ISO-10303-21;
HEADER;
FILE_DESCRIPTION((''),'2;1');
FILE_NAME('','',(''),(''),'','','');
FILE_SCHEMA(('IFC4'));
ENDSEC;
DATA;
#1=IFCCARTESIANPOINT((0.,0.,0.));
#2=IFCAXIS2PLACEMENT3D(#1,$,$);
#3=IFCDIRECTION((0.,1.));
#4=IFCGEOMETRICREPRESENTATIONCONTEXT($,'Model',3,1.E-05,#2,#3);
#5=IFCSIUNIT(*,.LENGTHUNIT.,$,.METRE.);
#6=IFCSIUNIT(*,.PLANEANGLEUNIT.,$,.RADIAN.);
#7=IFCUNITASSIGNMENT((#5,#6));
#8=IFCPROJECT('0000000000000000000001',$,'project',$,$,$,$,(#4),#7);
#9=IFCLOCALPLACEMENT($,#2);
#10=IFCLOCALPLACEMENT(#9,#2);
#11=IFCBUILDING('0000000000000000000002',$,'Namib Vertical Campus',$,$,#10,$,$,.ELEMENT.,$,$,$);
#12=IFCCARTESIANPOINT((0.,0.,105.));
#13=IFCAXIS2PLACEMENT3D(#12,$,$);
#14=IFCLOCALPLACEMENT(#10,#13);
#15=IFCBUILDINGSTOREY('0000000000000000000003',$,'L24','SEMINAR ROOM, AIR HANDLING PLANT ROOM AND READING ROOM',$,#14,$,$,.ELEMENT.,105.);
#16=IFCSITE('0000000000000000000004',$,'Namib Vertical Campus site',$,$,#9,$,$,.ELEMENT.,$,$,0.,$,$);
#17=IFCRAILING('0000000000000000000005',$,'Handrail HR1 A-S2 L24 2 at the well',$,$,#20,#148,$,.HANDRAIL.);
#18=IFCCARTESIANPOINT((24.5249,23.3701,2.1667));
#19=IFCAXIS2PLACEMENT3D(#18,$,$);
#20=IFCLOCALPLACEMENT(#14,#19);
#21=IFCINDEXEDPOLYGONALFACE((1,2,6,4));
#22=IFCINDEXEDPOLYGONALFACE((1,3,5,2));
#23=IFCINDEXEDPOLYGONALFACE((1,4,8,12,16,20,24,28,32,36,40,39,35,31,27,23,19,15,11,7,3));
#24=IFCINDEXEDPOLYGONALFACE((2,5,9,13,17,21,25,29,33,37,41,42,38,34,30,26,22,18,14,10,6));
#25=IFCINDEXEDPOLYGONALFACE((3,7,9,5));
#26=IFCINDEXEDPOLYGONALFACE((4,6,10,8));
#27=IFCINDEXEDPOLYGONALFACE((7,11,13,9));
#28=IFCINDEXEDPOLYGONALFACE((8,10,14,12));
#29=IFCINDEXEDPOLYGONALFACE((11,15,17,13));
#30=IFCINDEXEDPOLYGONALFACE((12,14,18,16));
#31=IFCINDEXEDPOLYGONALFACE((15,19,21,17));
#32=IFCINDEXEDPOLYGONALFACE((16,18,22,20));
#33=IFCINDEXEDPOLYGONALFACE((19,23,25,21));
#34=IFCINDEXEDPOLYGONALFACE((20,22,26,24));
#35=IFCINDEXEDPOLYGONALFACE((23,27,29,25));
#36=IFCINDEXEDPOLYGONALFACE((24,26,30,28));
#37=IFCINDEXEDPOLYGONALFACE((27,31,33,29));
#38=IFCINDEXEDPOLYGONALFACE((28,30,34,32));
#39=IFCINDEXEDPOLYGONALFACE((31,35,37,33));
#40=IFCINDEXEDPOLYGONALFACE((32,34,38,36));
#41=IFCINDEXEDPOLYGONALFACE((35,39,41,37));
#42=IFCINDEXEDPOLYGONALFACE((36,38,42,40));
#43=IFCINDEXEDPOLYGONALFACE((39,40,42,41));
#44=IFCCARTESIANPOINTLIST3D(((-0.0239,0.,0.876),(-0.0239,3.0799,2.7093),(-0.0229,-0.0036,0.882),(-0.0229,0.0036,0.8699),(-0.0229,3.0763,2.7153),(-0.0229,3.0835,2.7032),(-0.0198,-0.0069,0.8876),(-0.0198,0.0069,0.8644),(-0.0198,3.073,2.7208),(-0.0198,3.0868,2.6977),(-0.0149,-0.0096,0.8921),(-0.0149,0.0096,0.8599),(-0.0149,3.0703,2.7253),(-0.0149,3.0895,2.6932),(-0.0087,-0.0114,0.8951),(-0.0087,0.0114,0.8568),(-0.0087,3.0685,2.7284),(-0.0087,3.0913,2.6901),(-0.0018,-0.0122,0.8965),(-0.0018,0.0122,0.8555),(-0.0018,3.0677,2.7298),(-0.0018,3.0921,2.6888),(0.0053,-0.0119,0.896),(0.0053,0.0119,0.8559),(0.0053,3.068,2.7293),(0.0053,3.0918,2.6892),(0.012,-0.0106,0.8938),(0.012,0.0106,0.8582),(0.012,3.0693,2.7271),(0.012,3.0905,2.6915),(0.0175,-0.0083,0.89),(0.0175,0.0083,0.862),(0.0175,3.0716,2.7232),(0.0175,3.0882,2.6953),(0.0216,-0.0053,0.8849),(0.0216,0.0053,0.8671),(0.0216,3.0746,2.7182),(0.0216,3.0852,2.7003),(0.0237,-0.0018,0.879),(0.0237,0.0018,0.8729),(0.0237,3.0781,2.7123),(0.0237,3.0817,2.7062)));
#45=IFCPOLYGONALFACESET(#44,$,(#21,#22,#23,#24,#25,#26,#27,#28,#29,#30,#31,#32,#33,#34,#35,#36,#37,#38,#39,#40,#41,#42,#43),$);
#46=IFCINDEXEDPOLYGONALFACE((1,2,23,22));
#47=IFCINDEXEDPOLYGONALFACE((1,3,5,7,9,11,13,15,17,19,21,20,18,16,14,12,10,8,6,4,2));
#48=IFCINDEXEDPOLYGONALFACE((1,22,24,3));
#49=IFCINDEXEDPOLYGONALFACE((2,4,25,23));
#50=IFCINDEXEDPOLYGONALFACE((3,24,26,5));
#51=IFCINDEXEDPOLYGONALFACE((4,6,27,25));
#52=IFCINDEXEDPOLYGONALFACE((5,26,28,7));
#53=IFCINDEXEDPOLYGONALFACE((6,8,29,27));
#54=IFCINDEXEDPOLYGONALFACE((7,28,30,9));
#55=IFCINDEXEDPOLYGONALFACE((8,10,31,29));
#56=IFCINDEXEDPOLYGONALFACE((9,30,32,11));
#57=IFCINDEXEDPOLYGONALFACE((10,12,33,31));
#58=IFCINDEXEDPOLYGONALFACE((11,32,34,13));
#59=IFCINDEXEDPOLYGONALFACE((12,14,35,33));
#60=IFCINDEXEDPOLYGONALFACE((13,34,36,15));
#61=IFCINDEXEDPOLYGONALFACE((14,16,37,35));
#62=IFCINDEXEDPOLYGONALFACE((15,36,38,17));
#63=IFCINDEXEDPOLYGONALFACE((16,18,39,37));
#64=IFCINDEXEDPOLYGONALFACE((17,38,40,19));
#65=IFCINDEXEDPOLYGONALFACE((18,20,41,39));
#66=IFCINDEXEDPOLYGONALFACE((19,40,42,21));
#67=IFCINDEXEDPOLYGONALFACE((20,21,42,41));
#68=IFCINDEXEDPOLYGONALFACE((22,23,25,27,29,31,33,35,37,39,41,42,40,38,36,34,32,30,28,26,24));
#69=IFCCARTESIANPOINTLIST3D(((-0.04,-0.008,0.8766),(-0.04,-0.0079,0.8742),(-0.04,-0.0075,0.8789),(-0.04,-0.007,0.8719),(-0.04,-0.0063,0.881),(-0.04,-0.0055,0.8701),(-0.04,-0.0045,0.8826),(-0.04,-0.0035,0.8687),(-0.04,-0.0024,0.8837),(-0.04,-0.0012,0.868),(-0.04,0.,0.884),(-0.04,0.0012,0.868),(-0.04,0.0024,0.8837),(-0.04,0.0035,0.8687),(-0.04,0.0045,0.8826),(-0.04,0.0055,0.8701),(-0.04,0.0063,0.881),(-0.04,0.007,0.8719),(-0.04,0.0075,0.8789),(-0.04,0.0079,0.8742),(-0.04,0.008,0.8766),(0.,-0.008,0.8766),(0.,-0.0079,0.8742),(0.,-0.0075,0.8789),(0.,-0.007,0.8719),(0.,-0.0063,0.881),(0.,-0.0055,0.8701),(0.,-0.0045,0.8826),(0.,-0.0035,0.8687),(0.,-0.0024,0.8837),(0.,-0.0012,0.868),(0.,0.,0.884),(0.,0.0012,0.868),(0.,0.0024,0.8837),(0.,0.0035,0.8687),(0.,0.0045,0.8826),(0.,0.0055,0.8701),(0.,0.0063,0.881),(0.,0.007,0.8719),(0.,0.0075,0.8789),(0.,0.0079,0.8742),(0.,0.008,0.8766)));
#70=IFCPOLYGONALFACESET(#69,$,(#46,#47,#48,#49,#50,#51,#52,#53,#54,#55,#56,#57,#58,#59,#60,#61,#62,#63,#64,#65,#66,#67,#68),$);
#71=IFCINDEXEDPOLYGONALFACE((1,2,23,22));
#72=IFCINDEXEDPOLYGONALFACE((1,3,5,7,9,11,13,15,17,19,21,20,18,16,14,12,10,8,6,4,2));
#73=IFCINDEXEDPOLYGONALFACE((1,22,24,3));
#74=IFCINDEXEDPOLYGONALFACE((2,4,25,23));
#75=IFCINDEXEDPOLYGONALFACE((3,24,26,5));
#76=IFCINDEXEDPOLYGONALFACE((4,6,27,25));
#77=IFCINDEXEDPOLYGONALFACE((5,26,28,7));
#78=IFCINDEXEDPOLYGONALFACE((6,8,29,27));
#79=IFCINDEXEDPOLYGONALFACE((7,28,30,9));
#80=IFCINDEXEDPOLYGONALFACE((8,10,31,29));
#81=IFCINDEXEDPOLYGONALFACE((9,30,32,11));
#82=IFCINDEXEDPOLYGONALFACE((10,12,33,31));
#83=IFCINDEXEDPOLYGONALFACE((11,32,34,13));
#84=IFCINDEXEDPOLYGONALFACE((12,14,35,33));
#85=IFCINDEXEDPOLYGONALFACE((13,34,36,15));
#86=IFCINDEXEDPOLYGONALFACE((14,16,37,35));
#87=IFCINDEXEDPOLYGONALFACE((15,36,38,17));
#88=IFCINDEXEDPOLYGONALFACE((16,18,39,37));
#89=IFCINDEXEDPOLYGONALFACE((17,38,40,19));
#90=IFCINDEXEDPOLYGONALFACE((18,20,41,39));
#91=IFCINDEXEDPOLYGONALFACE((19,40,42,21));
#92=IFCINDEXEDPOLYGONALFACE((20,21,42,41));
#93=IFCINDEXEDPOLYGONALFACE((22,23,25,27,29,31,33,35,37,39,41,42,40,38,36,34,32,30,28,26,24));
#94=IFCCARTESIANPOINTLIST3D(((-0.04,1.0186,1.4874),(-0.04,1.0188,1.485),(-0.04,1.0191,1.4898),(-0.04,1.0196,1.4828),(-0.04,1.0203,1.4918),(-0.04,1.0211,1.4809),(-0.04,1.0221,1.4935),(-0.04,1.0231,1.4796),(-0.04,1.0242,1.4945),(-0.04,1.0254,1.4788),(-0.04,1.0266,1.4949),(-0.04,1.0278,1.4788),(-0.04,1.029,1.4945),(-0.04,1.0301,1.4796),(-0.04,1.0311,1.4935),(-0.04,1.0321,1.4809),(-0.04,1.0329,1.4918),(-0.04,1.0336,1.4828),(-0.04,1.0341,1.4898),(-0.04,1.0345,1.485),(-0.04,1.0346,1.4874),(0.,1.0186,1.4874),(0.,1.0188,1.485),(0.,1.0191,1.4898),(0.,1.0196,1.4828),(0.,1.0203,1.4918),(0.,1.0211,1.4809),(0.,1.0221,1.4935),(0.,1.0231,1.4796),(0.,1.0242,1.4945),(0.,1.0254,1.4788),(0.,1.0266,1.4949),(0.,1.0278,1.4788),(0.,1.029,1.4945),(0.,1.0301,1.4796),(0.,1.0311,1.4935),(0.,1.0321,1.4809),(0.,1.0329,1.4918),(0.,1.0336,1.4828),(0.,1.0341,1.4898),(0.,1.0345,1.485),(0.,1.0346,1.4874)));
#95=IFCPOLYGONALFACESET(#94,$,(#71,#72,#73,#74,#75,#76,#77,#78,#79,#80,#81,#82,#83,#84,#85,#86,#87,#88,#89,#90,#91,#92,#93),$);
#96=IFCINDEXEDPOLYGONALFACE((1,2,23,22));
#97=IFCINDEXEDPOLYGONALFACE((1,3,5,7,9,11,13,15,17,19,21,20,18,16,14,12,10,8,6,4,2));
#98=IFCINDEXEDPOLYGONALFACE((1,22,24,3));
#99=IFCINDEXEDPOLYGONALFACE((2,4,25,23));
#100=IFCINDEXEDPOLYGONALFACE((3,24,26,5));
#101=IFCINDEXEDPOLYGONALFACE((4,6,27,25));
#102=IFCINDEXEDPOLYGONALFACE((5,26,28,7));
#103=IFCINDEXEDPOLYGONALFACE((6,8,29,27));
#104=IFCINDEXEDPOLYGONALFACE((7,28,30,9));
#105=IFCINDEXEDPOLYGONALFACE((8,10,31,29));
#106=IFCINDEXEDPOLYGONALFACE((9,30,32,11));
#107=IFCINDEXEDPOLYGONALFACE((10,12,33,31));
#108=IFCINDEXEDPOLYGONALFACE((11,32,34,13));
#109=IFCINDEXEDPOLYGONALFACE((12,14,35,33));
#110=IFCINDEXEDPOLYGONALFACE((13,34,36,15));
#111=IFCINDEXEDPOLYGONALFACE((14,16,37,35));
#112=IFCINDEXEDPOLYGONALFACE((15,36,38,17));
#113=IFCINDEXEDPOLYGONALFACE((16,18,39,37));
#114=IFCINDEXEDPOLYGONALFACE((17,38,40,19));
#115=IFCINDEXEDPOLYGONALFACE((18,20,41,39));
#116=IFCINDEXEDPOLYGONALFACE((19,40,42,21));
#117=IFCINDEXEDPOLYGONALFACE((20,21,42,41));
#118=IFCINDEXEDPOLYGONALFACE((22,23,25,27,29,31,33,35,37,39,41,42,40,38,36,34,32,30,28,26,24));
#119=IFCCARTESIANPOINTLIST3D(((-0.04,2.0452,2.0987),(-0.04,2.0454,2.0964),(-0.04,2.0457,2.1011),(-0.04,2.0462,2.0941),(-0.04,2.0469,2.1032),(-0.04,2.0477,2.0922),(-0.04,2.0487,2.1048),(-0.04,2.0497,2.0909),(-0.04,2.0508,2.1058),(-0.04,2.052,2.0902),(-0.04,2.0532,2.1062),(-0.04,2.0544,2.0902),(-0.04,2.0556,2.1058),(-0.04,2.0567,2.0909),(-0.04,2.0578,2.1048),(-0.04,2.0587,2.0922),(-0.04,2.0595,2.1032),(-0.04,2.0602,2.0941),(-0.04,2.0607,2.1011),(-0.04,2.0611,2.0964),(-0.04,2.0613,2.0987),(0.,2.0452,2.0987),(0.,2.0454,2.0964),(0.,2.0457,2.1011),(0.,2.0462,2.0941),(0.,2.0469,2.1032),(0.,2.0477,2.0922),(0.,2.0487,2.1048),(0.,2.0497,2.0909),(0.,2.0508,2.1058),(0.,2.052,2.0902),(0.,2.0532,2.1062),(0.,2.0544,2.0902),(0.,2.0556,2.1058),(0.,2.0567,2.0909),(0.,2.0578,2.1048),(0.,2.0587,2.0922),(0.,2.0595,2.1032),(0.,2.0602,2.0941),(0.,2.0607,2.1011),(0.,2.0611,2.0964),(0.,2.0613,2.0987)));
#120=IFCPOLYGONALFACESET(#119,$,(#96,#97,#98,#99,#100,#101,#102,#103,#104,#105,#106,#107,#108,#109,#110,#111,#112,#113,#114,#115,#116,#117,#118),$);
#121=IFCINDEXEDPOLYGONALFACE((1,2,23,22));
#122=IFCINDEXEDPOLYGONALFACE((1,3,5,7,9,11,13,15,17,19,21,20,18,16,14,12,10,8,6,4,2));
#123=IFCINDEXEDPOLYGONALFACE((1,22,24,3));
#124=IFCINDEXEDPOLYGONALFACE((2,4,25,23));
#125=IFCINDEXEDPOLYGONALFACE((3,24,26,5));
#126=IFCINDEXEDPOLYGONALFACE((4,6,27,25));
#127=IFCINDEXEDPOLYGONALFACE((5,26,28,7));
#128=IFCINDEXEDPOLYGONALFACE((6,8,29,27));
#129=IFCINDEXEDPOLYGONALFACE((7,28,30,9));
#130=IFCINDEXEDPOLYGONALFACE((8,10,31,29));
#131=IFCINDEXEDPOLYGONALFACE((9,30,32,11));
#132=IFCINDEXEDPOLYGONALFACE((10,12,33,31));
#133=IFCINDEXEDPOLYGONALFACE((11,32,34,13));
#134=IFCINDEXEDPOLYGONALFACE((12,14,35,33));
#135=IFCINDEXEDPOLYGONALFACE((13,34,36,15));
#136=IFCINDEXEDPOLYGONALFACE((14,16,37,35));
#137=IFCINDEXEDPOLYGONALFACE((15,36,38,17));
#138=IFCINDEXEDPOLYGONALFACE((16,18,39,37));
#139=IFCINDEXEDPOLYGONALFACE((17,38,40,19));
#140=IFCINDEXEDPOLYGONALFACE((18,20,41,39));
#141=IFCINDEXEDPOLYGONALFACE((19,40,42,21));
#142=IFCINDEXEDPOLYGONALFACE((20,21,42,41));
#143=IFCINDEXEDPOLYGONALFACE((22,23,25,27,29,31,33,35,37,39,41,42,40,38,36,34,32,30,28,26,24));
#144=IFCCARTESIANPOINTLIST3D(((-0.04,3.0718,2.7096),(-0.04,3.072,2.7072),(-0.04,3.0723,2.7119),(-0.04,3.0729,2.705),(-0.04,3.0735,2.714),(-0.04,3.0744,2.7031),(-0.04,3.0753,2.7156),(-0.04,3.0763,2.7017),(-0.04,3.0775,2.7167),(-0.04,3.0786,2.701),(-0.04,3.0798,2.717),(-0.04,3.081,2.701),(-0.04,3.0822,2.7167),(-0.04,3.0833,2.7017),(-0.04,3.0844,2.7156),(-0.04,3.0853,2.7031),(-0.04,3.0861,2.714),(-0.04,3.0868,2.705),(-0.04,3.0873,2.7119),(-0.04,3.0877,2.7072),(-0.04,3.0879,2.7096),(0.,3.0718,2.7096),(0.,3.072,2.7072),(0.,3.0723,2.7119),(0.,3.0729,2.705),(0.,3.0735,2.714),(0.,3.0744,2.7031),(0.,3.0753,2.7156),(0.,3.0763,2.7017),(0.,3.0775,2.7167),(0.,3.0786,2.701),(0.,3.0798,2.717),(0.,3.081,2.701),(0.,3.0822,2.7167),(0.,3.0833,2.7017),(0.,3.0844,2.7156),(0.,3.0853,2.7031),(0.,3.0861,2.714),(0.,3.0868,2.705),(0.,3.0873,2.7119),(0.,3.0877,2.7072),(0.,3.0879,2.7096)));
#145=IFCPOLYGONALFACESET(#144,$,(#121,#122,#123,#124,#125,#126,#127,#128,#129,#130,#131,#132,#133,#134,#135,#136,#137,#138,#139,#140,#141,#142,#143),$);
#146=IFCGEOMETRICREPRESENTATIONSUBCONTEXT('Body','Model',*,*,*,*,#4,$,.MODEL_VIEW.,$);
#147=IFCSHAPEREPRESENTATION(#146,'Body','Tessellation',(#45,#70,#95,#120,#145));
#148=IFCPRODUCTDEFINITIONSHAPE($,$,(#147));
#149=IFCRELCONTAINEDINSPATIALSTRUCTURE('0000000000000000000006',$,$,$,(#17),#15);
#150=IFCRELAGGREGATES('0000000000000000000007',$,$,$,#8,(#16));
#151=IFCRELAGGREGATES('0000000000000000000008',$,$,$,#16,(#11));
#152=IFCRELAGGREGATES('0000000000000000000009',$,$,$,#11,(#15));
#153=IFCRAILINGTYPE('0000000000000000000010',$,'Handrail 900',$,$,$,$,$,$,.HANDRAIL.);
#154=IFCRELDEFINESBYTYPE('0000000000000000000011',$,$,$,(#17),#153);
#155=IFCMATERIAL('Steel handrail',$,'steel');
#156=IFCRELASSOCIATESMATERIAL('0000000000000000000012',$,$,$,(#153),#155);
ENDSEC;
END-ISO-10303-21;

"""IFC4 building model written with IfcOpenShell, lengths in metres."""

from ifc_helpers import new_model, si_unit, direction, frame, origin, origin_2d, place, context, subcontext, project, spatial, circle, extrude, material, type_object, element, save


model = new_model("IFC4")

# Units and contexts
model_context = context("Model", 3, precision=1e-05, world=origin(), true_north=direction((0.0, 1.0)))
body_context = subcontext(model_context, "Body", "Model", "MODEL_VIEW")
ifc_project = project(units=[si_unit("LENGTHUNIT", "METRE"), si_unit("PLANEANGLEUNIT", "RADIAN")], contexts=[model_context])

# Site, building, storey
site_placement = place(None, origin())
site = spatial("IfcSite", under=ifc_project, at=site_placement, Name="Namib Vertical Campus site", CompositionType="ELEMENT", RefElevation=0.0)
building_placement = place(site_placement, origin())
building = spatial("IfcBuilding", under=site, at=building_placement, Name="Namib Vertical Campus", CompositionType="ELEMENT")
storey_placement = place(building_placement, frame((0.0, 0.0, 105.0)))
storey = spatial("IfcBuildingStorey", under=building, at=storey_placement, Name="L24", Description="SEMINAR ROOM, AIR HANDLING PLANT ROOM AND READING ROOM", CompositionType="ELEMENT", Elevation=105.0)

# Railing
ifc_material_1 = material(Name="Steel handrail", Category="steel")
railing_type_1 = type_object("IfcRailingType", Name="Handrail 900", PredefinedType="HANDRAIL", material=ifc_material_1)
railing_1_placement = place(storey_placement, frame((24.5249, 23.3701, 2.1667)))
element("IfcRailing", 1, at=railing_1_placement, inside=storey, type_object=railing_type_1, Name="Handrail HR1 A-S2 L24 2 at the well", PredefinedType="HANDRAIL", context=body_context, shape_type="SweptSolid", body=[
    extrude(circle(Radius=0.0239, at=origin_2d()), frame((0.0, 0.0, 0.876), z_axis=(0.0, 0.859291, 0.511487), x_axis=(-1.0, 0.0, 0.0)), (0.0, 0.0, 1.0), 3.5842),
    extrude(circle(Radius=0.0081, at=origin_2d()), frame((0.0, 0.0, 0.876), z_axis=(-1.0, 0.0, 0.0), x_axis=(0.0, 0.0, 1.0)), (0.0, 0.0, 1.0), 0.04),
    extrude(circle(Radius=0.0081, at=origin_2d()), frame((0.0, 1.0266, 1.4868), z_axis=(-1.0, 0.0, 0.0), x_axis=(0.0, 0.0, 1.0)), (0.0, 0.0, 1.0), 0.04),
    extrude(circle(Radius=0.0081, at=origin_2d()), frame((0.0, 2.0532, 2.0981), z_axis=(-1.0, 0.0, 0.0), x_axis=(0.0, 0.0, 1.0)), (0.0, 0.0, 1.0), 0.04),
    extrude(circle(Radius=0.0081, at=origin_2d()), frame((0.0, 3.0798, 2.709), z_axis=(-1.0, 0.0, 0.0), x_axis=(0.0, 0.0, 1.0)), (0.0, 0.0, 1.0), 0.04),
])

save(model, "model.ifc")
